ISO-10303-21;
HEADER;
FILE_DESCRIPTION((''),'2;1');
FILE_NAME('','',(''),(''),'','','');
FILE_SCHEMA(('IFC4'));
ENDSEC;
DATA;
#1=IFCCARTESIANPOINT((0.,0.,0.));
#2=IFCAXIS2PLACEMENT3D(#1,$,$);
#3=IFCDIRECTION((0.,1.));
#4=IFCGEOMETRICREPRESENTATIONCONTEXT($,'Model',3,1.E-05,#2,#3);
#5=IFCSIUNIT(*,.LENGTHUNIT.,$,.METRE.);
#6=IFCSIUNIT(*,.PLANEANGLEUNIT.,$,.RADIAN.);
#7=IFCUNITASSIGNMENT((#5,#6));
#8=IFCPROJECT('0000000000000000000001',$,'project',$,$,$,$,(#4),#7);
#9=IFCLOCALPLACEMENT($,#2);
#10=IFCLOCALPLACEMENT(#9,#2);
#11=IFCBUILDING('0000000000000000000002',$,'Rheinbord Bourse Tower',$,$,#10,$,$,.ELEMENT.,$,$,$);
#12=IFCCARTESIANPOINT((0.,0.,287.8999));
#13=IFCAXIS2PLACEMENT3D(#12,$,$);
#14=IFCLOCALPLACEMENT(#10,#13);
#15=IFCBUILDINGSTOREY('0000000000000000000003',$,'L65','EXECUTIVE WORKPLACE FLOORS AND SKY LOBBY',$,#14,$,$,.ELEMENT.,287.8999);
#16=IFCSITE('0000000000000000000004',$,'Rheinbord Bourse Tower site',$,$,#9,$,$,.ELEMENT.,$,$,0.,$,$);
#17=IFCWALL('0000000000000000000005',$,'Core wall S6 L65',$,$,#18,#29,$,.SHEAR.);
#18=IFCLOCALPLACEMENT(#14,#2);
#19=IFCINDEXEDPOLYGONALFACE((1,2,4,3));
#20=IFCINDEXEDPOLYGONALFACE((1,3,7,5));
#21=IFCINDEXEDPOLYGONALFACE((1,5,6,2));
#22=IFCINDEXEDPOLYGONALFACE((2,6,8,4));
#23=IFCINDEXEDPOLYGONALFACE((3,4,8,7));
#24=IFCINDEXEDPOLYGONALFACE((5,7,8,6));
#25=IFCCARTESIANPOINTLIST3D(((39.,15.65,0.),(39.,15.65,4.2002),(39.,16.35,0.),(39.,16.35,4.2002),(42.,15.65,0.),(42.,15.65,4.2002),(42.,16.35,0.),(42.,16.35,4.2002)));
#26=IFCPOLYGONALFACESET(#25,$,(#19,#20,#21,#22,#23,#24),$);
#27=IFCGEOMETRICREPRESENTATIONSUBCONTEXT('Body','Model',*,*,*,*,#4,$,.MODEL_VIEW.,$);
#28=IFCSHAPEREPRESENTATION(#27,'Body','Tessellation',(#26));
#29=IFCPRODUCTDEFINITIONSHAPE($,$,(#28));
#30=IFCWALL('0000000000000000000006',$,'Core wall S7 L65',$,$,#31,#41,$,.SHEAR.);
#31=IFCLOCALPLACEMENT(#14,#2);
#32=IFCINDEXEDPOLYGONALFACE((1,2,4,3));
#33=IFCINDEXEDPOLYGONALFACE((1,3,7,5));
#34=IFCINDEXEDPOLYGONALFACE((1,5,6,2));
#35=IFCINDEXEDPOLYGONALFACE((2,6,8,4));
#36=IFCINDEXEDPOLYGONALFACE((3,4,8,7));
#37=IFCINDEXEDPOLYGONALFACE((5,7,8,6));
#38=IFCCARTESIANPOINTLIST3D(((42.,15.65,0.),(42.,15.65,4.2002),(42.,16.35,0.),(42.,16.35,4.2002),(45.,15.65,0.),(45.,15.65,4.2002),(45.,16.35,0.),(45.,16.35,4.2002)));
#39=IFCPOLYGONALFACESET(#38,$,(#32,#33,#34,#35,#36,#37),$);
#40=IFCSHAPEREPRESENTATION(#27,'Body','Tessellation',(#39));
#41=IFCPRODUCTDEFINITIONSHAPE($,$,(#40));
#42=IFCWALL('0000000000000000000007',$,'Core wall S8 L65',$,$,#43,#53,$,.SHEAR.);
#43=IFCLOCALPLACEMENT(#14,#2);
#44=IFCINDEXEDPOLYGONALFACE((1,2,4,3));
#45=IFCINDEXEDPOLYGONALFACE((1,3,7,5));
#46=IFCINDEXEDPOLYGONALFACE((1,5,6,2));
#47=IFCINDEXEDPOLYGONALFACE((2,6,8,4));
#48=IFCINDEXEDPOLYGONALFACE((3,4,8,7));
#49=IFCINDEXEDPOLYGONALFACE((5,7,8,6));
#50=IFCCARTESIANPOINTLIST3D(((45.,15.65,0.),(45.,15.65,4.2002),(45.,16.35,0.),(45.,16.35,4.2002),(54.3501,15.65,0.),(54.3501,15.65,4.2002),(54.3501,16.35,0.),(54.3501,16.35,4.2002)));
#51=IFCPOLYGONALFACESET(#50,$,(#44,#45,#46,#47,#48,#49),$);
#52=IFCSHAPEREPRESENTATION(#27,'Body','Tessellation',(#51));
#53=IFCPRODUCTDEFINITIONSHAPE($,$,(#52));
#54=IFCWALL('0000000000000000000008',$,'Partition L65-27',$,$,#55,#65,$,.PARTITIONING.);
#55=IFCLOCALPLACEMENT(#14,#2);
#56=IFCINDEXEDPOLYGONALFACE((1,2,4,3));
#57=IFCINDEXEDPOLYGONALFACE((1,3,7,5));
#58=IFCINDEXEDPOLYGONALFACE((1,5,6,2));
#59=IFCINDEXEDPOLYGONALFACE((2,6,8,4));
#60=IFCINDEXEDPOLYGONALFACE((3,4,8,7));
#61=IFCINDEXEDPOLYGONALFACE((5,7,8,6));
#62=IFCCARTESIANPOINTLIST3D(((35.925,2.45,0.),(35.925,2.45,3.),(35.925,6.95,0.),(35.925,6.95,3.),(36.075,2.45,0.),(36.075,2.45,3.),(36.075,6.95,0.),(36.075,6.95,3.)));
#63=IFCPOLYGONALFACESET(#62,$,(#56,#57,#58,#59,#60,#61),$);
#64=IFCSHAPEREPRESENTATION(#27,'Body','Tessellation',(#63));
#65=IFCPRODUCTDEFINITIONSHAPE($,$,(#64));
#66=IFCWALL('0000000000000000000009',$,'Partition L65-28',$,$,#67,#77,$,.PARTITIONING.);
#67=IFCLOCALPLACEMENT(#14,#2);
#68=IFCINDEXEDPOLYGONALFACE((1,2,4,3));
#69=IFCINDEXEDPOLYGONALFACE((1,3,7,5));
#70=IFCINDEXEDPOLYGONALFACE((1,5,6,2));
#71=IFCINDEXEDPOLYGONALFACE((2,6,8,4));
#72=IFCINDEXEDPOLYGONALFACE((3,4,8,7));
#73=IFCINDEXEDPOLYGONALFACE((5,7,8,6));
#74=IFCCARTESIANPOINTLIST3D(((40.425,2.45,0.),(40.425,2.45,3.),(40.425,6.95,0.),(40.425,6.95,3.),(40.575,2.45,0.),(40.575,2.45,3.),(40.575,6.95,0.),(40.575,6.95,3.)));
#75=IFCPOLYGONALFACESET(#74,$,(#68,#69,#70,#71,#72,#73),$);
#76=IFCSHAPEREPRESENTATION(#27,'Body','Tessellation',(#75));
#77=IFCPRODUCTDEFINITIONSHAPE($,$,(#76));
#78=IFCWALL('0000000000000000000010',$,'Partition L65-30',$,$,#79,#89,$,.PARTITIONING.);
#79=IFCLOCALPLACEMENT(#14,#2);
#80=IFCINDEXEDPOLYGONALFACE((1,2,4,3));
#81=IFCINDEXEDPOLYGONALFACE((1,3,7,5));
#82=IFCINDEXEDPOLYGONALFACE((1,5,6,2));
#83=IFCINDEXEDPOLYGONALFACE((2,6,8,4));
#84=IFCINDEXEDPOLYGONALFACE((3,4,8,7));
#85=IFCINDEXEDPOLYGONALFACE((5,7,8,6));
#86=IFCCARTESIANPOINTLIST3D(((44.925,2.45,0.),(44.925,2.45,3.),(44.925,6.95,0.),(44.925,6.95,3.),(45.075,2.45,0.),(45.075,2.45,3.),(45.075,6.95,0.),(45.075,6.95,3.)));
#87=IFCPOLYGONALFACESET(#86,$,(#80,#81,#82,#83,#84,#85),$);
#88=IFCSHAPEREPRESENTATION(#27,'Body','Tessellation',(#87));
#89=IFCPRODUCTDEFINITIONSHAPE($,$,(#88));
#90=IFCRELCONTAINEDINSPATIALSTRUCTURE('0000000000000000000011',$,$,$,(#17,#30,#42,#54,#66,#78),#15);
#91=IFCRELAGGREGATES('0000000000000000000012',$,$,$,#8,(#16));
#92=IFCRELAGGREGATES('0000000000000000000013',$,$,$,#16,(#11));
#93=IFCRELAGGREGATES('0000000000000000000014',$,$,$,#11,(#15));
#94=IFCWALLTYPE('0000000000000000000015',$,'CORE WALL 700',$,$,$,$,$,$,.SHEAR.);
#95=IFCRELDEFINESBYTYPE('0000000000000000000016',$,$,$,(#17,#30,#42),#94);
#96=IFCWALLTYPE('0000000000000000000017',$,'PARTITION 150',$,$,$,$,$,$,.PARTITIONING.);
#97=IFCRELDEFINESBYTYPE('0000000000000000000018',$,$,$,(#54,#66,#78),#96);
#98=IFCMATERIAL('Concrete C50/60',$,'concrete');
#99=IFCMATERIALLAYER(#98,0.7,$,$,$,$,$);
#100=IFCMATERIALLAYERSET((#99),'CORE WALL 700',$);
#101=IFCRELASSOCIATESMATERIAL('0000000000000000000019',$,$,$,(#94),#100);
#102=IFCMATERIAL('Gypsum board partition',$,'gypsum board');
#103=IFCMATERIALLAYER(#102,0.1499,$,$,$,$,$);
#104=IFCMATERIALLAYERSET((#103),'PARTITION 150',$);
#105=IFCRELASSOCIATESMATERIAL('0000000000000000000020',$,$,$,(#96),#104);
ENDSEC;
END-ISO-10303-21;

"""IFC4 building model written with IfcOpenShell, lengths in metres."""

from ifc_helpers import new_model, si_unit, direction, frame, frame_2d, origin, place, context, subcontext, project, spatial, rectangle, extrude, material, layer, layer_set, type_object, element, save


model = new_model("IFC4")

# Units and contexts
model_context = context("Model", 3, precision=1e-05, world=origin(), true_north=direction((0.0, 1.0)))
body_context = subcontext(model_context, "Body", "Model", "MODEL_VIEW")
ifc_project = project(units=[si_unit("LENGTHUNIT", "METRE"), si_unit("PLANEANGLEUNIT", "RADIAN")], contexts=[model_context])

# Site, building, storey
site_placement = place(None, origin())
site = spatial("IfcSite", under=ifc_project, at=site_placement, Name="Rheinbord Bourse Tower site", CompositionType="ELEMENT", RefElevation=0.0)
building_placement = place(site_placement, origin())
building = spatial("IfcBuilding", under=site, at=building_placement, Name="Rheinbord Bourse Tower", CompositionType="ELEMENT")
storey_placement = place(building_placement, frame((0.0, 0.0, 287.8999)))
storey = spatial("IfcBuildingStorey", under=building, at=storey_placement, Name="L65", Description="EXECUTIVE WORKPLACE FLOORS AND SKY LOBBY", CompositionType="ELEMENT", Elevation=287.8999)

# Walls
ifc_material_1 = material(Name="Concrete C50/60", Category="concrete")
ifc_layer_1 = layer(ifc_material_1, 0.7)
ifc_layer_set_1 = layer_set([ifc_layer_1], Name="CORE WALL 700")
wall_type_1 = type_object("IfcWallType", Name="CORE WALL 700", PredefinedType="SHEAR", material=ifc_layer_set_1)
for number, where, z_axis, x_axis, name in (
    (1, (39.0, 16.0, 0.0), (0.0, 0.0, 1.0), (1.0, 0.0, 0.0), "Core wall S6 L65"),
    (2, (42.0, 16.0, 0.0), (0.0, 0.0, 1.0), (1.0, 0.0, 0.0), "Core wall S7 L65"),
):
    element("IfcWall", number, at=place(storey_placement, frame(where, z_axis=z_axis, x_axis=x_axis)), inside=storey, type_object=wall_type_1, Name=name, PredefinedType="SHEAR", context=body_context, shape_type="SweptSolid", body=[
        extrude(rectangle(XDim=3.0, YDim=0.7, at=frame_2d((1.5, 0.0))), origin(), (0.0, 0.0, 1.0), 4.2002),
    ])
wall_placement = place(storey_placement, frame((45.0, 16.0, 0.0), z_axis=(0.0, 0.0, 1.0), x_axis=(1.0, 0.0, 0.0)))
element("IfcWall", 3, at=wall_placement, inside=storey, type_object=wall_type_1, Name="Core wall S8 L65", PredefinedType="SHEAR", context=body_context, shape_type="SweptSolid", body=[
    extrude(rectangle(XDim=9.3501, YDim=0.7, at=frame_2d((4.675, 0.0))), origin(), (0.0, 0.0, 1.0), 4.2002),
])
ifc_material_2 = material(Name="Gypsum board partition", Category="gypsum board")
ifc_layer_2 = layer(ifc_material_2, 0.1499)
ifc_layer_set_2 = layer_set([ifc_layer_2], Name="PARTITION 150")
wall_type_2 = type_object("IfcWallType", Name="PARTITION 150", PredefinedType="PARTITIONING", material=ifc_layer_set_2)
for number, where, z_axis, x_axis, name in (
    (4, (36.0, 2.45, 0.0), (0.0, 0.0, 1.0), (0.0, 1.0, 0.0), "Partition L65-27"),
    (5, (40.5, 2.45, 0.0), (0.0, 0.0, 1.0), (0.0, 1.0, 0.0), "Partition L65-28"),
    (6, (45.0, 2.45, 0.0), (0.0, 0.0, 1.0), (0.0, 1.0, 0.0), "Partition L65-30"),
):
    element("IfcWall", number, at=place(storey_placement, frame(where, z_axis=z_axis, x_axis=x_axis)), inside=storey, type_object=wall_type_2, Name=name, PredefinedType="PARTITIONING", context=body_context, shape_type="SweptSolid", body=[
        extrude(rectangle(XDim=4.5, YDim=0.1499, at=frame_2d((2.25, 0.0))), origin(), (0.0, 0.0, 1.0), 3.0),
    ])

save(model, "model.ifc")
